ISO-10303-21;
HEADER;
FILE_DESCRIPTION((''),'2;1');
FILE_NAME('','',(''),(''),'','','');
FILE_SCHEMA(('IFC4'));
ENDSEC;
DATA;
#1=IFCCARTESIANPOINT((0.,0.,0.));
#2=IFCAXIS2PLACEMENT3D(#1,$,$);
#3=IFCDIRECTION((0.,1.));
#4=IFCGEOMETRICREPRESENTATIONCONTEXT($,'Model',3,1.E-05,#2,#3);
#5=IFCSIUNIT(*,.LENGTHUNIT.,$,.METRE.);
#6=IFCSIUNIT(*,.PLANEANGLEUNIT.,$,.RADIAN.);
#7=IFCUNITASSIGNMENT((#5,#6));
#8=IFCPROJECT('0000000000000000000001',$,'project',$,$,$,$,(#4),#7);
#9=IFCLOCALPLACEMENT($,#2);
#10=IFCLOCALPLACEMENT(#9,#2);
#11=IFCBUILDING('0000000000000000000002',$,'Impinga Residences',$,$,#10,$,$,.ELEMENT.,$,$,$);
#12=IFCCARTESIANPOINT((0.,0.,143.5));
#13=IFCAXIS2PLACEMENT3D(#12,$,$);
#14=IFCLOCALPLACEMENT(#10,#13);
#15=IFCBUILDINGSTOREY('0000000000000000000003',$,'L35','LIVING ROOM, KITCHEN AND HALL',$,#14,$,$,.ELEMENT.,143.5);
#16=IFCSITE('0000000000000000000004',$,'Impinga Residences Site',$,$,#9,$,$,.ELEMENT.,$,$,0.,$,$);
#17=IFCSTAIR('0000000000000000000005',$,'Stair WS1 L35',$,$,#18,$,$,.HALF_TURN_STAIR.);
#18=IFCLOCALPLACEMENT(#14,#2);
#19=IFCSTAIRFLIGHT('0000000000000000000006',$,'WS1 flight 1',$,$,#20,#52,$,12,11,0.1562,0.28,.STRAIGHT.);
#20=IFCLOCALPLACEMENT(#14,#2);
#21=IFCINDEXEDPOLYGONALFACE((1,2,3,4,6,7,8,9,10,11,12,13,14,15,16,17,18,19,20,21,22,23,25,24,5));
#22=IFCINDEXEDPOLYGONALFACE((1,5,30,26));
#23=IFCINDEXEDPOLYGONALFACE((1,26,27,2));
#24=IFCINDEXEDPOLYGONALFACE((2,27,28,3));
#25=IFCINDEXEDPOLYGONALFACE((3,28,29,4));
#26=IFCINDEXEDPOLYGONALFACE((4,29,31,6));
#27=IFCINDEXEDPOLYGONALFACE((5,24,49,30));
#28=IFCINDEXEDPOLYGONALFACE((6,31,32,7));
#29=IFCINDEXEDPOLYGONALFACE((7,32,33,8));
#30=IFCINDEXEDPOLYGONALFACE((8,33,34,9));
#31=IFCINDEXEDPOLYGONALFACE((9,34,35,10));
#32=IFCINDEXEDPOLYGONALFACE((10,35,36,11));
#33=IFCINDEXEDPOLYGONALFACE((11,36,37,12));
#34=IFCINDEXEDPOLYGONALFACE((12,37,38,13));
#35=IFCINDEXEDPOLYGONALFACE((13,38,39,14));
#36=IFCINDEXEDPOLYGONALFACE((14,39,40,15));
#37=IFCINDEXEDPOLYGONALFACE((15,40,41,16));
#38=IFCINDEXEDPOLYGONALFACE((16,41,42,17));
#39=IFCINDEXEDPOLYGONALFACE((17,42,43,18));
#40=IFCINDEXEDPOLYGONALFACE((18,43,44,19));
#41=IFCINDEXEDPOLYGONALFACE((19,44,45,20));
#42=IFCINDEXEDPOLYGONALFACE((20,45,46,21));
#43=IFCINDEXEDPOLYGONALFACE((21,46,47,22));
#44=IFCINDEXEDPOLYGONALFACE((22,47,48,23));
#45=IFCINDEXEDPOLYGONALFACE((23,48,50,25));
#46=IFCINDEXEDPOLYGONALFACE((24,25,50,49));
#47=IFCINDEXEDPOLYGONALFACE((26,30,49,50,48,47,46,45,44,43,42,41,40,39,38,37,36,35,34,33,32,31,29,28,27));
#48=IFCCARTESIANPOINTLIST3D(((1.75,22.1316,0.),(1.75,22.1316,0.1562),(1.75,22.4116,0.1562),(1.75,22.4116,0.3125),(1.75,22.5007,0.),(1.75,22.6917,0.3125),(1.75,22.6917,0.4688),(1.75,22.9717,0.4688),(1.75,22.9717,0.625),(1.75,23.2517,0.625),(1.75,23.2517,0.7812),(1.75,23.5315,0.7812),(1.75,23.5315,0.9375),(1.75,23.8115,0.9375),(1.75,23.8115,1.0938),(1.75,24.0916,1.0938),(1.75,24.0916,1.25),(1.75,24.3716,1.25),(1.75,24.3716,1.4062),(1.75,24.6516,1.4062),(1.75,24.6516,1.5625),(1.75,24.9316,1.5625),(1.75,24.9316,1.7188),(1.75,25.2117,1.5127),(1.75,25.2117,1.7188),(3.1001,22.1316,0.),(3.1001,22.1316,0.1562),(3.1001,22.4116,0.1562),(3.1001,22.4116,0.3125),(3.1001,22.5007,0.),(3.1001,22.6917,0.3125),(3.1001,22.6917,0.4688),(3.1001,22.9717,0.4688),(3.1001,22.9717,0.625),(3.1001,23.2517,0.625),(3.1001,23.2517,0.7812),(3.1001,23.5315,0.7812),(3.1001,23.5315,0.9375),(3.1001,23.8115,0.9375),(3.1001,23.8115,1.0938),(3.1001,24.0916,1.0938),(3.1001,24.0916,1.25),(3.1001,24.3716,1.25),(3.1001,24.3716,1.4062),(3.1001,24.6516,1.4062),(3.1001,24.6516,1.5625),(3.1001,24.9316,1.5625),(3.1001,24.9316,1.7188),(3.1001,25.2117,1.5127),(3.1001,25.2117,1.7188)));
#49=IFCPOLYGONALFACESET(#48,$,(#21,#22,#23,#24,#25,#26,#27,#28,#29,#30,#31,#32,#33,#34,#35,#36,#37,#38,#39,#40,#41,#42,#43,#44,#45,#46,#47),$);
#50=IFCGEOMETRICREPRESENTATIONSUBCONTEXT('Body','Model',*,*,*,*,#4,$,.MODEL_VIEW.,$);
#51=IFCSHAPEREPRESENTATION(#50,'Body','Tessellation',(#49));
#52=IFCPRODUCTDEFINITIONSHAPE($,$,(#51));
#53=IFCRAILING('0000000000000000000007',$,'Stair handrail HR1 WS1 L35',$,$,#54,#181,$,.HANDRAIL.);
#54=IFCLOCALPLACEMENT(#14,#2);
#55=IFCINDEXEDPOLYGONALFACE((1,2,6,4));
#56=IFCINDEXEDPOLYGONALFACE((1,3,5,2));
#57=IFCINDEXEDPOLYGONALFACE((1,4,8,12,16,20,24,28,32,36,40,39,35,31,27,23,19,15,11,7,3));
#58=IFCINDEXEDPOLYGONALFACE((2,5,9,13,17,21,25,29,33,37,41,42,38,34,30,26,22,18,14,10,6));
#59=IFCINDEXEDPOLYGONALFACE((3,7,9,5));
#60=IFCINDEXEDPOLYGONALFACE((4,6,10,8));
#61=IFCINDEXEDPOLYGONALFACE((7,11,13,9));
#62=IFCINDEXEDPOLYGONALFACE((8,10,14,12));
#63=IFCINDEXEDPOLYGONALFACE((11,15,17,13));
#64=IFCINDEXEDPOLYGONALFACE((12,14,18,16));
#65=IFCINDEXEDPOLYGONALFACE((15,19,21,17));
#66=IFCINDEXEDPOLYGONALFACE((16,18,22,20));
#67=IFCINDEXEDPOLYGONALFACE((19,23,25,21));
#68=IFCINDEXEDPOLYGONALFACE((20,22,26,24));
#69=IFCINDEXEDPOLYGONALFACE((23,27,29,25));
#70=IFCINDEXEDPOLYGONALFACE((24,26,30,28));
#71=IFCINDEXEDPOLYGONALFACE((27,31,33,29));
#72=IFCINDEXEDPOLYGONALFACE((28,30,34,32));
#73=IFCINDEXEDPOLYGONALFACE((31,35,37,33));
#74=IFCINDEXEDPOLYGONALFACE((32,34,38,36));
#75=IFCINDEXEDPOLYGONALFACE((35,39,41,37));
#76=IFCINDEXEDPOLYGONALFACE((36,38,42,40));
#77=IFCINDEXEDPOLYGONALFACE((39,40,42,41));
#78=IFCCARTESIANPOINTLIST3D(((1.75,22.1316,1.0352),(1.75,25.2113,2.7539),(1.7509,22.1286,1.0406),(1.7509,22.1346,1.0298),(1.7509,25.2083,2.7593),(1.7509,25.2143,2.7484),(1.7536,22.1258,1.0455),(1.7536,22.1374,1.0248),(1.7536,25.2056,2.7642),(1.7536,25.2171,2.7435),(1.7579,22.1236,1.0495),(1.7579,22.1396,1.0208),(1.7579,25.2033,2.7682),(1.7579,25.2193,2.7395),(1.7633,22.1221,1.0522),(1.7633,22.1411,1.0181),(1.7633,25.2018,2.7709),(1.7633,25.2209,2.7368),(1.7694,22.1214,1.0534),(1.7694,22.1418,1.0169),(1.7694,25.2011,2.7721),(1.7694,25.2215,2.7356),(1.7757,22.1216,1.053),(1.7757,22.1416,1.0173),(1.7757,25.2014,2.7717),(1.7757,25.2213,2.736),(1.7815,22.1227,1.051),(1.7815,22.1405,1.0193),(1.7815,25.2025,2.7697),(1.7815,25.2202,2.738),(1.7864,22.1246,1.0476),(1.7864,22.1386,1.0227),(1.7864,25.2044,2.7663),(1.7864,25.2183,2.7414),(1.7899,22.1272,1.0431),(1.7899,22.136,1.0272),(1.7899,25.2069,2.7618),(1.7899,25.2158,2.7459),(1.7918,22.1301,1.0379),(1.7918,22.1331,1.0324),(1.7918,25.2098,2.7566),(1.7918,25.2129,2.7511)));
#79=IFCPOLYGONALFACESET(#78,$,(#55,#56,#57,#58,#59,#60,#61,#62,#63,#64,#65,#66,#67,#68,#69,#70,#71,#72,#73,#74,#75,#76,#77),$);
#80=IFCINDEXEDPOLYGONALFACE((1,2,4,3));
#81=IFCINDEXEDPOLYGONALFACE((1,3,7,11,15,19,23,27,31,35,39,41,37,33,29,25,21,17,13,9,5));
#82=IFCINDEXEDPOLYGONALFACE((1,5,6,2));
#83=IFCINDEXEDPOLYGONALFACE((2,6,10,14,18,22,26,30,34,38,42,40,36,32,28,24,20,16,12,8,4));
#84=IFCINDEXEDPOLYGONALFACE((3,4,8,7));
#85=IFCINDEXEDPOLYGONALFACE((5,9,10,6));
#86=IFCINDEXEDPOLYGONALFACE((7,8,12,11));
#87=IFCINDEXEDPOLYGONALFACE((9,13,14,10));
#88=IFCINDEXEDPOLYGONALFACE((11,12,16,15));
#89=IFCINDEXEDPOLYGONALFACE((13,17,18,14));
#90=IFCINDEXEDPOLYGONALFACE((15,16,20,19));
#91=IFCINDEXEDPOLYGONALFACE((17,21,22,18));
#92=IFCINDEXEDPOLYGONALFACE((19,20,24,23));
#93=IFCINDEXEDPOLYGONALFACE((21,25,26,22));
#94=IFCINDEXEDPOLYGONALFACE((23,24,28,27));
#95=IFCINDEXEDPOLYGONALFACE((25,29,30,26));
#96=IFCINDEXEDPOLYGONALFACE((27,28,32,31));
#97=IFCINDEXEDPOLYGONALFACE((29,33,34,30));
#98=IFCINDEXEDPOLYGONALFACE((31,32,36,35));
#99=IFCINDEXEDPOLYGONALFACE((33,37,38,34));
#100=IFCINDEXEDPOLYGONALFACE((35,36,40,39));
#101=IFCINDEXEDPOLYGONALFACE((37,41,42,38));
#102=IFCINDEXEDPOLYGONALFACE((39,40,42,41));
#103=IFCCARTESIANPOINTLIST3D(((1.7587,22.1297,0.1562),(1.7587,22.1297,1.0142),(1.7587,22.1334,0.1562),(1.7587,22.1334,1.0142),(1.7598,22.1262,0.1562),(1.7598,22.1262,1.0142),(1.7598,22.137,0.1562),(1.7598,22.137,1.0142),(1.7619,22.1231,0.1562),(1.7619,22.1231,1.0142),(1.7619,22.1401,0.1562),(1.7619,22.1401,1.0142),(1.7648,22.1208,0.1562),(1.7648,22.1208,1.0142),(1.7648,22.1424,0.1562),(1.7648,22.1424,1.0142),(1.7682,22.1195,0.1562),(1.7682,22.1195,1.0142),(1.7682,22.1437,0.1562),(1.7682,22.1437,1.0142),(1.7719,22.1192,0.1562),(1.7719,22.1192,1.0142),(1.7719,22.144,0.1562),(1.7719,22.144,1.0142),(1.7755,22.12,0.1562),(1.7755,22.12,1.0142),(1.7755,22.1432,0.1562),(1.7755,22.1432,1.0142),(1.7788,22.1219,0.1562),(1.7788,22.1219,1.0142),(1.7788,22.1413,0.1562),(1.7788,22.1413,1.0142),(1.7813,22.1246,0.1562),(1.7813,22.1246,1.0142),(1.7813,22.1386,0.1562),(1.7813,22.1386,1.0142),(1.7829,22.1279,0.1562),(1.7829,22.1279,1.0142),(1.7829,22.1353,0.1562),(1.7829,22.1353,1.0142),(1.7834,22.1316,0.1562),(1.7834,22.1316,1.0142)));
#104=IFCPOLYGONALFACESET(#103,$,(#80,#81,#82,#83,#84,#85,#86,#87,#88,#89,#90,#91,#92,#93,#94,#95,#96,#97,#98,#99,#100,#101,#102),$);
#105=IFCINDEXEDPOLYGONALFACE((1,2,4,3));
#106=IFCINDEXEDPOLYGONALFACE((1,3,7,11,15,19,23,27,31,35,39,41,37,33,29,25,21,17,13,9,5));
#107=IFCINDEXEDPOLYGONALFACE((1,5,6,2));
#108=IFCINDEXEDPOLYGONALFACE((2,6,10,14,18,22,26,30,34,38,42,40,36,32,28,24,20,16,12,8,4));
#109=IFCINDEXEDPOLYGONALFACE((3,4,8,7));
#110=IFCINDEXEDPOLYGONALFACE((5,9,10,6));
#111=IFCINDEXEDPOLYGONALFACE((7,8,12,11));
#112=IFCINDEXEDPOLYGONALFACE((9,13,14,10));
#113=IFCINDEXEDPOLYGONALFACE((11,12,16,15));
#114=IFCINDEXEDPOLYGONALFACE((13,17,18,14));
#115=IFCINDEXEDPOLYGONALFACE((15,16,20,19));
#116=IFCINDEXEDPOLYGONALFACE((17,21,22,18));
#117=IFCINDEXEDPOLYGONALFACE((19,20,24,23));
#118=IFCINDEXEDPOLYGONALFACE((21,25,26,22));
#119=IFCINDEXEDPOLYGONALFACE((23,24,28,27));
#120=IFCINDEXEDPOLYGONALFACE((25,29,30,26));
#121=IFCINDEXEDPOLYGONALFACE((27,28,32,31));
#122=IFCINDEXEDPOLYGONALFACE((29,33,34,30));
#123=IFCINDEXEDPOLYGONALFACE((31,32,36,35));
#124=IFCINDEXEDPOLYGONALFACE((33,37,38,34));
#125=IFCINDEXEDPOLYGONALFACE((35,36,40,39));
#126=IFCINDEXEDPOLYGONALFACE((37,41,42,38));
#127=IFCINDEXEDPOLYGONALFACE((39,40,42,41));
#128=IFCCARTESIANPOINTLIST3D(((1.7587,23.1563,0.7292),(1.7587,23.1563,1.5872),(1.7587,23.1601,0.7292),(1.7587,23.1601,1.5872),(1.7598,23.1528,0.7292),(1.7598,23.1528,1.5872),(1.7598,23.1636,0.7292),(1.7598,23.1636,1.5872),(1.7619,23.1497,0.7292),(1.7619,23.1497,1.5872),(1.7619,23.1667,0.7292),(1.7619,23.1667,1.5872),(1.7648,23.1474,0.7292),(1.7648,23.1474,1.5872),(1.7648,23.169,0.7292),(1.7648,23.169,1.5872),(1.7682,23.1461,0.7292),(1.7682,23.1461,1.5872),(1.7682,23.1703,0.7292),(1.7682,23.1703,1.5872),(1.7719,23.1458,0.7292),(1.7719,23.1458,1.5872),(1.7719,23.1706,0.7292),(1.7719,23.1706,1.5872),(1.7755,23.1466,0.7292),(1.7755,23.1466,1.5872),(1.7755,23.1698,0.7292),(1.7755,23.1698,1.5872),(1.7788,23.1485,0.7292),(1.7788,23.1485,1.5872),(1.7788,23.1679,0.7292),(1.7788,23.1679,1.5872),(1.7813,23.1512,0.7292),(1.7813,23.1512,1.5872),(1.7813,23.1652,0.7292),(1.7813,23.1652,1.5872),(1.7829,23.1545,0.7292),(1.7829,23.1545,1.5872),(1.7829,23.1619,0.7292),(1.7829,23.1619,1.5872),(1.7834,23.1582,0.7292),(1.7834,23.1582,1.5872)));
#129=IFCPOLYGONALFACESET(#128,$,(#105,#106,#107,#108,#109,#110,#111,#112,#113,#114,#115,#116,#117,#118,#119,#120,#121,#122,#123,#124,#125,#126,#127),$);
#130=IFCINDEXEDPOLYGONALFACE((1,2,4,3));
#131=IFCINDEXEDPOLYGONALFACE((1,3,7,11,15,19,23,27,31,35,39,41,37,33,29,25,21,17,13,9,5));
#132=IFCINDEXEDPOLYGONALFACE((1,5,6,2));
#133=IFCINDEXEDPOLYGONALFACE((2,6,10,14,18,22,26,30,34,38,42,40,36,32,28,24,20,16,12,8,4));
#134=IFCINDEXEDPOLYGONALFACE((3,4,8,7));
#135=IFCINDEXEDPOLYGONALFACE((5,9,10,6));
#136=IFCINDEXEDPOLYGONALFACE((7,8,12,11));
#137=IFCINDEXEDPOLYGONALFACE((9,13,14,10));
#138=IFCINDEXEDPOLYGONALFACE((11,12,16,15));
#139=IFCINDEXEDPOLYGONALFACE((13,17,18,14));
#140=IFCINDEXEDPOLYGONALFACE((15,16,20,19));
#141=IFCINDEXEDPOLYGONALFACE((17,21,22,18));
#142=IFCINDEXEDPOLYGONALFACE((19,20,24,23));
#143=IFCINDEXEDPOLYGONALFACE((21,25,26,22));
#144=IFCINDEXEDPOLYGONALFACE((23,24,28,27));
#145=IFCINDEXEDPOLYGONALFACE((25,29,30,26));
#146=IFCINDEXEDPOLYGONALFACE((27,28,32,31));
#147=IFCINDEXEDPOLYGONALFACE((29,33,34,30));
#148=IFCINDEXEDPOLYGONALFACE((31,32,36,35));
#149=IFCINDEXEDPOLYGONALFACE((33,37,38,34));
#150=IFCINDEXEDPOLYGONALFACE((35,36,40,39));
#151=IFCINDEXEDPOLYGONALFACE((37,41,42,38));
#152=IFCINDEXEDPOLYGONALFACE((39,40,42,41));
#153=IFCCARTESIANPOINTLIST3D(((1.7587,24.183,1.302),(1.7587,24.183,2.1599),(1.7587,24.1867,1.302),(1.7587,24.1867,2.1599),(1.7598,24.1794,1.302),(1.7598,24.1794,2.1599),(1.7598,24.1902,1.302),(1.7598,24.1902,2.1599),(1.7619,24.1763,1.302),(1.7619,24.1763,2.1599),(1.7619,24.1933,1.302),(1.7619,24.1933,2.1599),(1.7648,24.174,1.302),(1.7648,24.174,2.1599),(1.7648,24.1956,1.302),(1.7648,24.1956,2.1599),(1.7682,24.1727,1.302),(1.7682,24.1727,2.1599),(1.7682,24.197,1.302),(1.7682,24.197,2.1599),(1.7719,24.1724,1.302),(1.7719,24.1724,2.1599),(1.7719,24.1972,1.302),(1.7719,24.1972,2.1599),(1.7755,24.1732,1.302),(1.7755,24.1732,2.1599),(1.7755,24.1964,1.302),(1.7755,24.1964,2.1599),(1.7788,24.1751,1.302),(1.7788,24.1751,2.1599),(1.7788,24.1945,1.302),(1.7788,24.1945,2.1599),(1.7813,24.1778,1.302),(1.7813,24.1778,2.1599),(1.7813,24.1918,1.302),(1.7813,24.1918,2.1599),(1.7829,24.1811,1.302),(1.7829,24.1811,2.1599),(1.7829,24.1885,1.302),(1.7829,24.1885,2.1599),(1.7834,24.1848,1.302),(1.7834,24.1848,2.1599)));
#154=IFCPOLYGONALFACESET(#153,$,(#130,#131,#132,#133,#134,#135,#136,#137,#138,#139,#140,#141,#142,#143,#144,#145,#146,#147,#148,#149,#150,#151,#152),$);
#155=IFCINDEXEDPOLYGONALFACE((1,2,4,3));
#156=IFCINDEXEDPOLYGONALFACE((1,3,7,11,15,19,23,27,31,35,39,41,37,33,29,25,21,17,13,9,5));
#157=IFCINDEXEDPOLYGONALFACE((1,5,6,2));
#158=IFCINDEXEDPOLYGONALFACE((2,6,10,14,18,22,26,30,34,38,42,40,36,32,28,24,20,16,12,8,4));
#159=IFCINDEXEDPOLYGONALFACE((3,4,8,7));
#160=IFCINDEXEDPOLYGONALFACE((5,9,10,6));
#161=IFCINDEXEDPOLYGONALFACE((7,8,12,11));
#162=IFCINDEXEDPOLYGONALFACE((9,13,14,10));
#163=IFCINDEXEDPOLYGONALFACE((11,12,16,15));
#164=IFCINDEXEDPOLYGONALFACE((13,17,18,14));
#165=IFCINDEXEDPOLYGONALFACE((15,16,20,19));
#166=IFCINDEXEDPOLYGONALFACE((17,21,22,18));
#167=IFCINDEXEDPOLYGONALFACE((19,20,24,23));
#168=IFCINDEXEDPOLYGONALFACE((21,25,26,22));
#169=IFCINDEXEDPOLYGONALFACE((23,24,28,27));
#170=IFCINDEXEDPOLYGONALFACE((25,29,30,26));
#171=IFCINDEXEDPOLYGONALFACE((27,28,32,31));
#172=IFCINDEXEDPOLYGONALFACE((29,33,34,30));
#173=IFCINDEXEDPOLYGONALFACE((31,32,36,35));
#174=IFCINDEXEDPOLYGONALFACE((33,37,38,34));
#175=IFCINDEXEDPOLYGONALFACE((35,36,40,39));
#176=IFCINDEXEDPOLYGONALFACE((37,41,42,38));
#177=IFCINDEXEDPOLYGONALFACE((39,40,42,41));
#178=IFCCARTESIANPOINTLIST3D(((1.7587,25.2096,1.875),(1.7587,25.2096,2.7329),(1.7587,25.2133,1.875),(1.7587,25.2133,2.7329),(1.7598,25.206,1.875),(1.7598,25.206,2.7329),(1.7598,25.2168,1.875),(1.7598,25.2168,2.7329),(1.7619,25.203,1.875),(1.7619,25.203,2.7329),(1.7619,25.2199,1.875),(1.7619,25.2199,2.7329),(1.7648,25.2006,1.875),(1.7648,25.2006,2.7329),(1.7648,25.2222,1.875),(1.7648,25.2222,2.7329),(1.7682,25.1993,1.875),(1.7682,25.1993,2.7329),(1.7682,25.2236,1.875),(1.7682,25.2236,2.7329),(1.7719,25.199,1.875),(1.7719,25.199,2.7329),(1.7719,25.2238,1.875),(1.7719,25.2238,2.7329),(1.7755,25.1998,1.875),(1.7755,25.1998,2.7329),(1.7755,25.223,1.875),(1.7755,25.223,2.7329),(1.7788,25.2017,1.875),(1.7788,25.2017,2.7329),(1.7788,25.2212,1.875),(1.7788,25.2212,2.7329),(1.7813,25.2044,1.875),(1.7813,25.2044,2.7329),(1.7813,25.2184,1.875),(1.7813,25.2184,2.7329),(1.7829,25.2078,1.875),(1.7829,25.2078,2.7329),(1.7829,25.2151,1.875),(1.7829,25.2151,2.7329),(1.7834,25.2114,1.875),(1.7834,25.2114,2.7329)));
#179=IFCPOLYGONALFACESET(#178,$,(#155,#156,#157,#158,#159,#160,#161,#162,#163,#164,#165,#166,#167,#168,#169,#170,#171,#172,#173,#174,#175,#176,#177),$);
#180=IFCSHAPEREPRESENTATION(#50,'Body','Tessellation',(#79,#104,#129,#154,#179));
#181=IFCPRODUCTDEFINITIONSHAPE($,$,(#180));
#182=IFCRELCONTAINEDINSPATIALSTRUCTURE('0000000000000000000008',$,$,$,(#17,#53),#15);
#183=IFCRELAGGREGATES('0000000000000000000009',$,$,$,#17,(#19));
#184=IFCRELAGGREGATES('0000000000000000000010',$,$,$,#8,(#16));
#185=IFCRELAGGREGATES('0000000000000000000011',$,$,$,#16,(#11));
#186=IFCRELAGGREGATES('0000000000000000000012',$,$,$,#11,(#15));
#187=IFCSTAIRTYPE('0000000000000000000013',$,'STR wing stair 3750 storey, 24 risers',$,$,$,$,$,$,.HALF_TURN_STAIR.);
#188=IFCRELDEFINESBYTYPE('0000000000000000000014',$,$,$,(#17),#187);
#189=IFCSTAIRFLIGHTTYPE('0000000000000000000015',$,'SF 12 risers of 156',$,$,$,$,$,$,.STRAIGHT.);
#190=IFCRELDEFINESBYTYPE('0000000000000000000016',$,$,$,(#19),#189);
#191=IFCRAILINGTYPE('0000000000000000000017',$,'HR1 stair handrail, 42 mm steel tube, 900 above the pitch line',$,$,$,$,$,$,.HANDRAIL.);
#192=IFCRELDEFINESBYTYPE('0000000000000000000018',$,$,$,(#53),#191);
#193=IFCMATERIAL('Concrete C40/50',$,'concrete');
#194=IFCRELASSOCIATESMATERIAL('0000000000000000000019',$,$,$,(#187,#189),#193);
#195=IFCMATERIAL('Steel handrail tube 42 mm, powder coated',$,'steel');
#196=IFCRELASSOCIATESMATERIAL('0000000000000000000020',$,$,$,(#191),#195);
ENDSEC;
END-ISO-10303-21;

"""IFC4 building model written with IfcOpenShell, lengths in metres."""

from ifc_helpers import new_model, si_unit, direction, frame, origin, origin_2d, place, context, subcontext, project, spatial, polyline, circle, outline, extrude, material, type_object, element, aggregate, save


model = new_model("IFC4")

# Units and contexts
model_context = context("Model", 3, precision=1e-05, world=origin(), true_north=direction((0.0, 1.0)))
body_context = subcontext(model_context, "Body", "Model", "MODEL_VIEW")
ifc_project = project(units=[si_unit("LENGTHUNIT", "METRE"), si_unit("PLANEANGLEUNIT", "RADIAN")], contexts=[model_context])

# Site, building, storey
site_placement = place(None, origin())
site = spatial("IfcSite", under=ifc_project, at=site_placement, Name="Impinga Residences Site", CompositionType="ELEMENT", RefElevation=0.0)
building_placement = place(site_placement, origin())
building = spatial("IfcBuilding", under=site, at=building_placement, Name="Impinga Residences", CompositionType="ELEMENT")
storey_placement = place(building_placement, frame((0.0, 0.0, 143.5)))
storey = spatial("IfcBuildingStorey", under=building, at=storey_placement, Name="L35", Description="LIVING ROOM, KITCHEN AND HALL", CompositionType="ELEMENT", Elevation=143.5)

# Stair, stair flight
ifc_material_1 = material(Name="Concrete C40/50", Category="concrete")
stair_type = type_object("IfcStairType", Name="STR wing stair 3750 storey, 24 risers", PredefinedType="HALF_TURN_STAIR", material=ifc_material_1)
stair_placement = place(storey_placement, origin())
stair = element("IfcStair", 1, at=stair_placement, inside=storey, type_object=stair_type, Name="Stair WS1 L35", PredefinedType="HALF_TURN_STAIR")
stair_flight_type = type_object("IfcStairFlightType", Name="SF 12 risers of 156", PredefinedType="STRAIGHT", material=ifc_material_1)
stair_flight_placement = place(storey_placement, frame((2.425, 22.1316, 0.0), z_axis=(0.0, 0.0, 1.0), x_axis=(0.0, 1.0, 0.0)))
stair_flight = element("IfcStairFlight", 2, at=stair_flight_placement, type_object=stair_flight_type, Name="WS1 flight 1", NumberOfRisers=12, NumberOfTreads=11, PredefinedType="STRAIGHT", RiserHeight=0.1562, TreadLength=0.28, context=body_context, shape_type="SweptSolid", body=[
    extrude(outline(polyline([(0.0, 0.0), (0.0, 0.1562), (0.28, 0.1562), (0.28, 0.3125), (0.5601, 0.3125), (0.5601, 0.4688), (0.8401, 0.4688), (0.8401, 0.625), (1.1201, 0.625), (1.1201, 0.7812), (1.3999, 0.7812), (1.3999, 0.9375), (1.6799, 0.9375), (1.6799, 1.0938), (1.96, 1.0938), (1.96, 1.25), (2.24, 1.25), (2.24, 1.4062), (2.52, 1.4062), (2.52, 1.5625), (2.8, 1.5625), (2.8, 1.7188), (3.0801, 1.7188), (3.0801, 1.875), (3.0801, 1.5127), (0.3691, 0.0), (0.0, 0.0)])), frame((0.0, 0.675, 0.0), z_axis=(0.0, -1.0, 0.0), x_axis=(1.0, 0.0, 0.0)), (0.0, 0.0, 1.0), 1.3501),
])
aggregate(stair, [stair_flight])

# Railing
ifc_material_2 = material(Name="Steel handrail tube 42 mm, powder coated", Category="steel")
railing_type = type_object("IfcRailingType", Name="HR1 stair handrail, 42 mm steel tube, 900 above the pitch line", PredefinedType="HANDRAIL", material=ifc_material_2)
railing_placement = place(storey_placement, frame((1.771, 22.1316, 0.1562)))
element("IfcRailing", 3, at=railing_placement, inside=storey, type_object=railing_type, Name="Stair handrail HR1 WS1 L35", PredefinedType="HANDRAIL", context=body_context, shape_type="SweptSolid", body=[
    extrude(circle(Radius=0.021, at=origin_2d()), frame((0.0, 0.0, 0.8789), z_axis=(0.0, 0.873225, 0.487317), x_axis=(-1.0, 0.0, 0.0)), (0.0, 0.0, 1.0), 3.5269),
    extrude(circle(Radius=0.0125, at=origin_2d()), origin(), (0.0, 0.0, 1.0), 0.8579),
    extrude(circle(Radius=0.0125, at=origin_2d()), frame((0.0, 1.0266, 0.573)), (0.0, 0.0, 1.0), 0.8579),
    extrude(circle(Radius=0.0125, at=origin_2d()), frame((0.0, 2.0532, 1.1458)), (0.0, 0.0, 1.0), 0.8579),
    extrude(circle(Radius=0.0125, at=origin_2d()), frame((0.0, 3.0798, 1.7188)), (0.0, 0.0, 1.0), 0.8579),
])

save(model, "model.ifc")
